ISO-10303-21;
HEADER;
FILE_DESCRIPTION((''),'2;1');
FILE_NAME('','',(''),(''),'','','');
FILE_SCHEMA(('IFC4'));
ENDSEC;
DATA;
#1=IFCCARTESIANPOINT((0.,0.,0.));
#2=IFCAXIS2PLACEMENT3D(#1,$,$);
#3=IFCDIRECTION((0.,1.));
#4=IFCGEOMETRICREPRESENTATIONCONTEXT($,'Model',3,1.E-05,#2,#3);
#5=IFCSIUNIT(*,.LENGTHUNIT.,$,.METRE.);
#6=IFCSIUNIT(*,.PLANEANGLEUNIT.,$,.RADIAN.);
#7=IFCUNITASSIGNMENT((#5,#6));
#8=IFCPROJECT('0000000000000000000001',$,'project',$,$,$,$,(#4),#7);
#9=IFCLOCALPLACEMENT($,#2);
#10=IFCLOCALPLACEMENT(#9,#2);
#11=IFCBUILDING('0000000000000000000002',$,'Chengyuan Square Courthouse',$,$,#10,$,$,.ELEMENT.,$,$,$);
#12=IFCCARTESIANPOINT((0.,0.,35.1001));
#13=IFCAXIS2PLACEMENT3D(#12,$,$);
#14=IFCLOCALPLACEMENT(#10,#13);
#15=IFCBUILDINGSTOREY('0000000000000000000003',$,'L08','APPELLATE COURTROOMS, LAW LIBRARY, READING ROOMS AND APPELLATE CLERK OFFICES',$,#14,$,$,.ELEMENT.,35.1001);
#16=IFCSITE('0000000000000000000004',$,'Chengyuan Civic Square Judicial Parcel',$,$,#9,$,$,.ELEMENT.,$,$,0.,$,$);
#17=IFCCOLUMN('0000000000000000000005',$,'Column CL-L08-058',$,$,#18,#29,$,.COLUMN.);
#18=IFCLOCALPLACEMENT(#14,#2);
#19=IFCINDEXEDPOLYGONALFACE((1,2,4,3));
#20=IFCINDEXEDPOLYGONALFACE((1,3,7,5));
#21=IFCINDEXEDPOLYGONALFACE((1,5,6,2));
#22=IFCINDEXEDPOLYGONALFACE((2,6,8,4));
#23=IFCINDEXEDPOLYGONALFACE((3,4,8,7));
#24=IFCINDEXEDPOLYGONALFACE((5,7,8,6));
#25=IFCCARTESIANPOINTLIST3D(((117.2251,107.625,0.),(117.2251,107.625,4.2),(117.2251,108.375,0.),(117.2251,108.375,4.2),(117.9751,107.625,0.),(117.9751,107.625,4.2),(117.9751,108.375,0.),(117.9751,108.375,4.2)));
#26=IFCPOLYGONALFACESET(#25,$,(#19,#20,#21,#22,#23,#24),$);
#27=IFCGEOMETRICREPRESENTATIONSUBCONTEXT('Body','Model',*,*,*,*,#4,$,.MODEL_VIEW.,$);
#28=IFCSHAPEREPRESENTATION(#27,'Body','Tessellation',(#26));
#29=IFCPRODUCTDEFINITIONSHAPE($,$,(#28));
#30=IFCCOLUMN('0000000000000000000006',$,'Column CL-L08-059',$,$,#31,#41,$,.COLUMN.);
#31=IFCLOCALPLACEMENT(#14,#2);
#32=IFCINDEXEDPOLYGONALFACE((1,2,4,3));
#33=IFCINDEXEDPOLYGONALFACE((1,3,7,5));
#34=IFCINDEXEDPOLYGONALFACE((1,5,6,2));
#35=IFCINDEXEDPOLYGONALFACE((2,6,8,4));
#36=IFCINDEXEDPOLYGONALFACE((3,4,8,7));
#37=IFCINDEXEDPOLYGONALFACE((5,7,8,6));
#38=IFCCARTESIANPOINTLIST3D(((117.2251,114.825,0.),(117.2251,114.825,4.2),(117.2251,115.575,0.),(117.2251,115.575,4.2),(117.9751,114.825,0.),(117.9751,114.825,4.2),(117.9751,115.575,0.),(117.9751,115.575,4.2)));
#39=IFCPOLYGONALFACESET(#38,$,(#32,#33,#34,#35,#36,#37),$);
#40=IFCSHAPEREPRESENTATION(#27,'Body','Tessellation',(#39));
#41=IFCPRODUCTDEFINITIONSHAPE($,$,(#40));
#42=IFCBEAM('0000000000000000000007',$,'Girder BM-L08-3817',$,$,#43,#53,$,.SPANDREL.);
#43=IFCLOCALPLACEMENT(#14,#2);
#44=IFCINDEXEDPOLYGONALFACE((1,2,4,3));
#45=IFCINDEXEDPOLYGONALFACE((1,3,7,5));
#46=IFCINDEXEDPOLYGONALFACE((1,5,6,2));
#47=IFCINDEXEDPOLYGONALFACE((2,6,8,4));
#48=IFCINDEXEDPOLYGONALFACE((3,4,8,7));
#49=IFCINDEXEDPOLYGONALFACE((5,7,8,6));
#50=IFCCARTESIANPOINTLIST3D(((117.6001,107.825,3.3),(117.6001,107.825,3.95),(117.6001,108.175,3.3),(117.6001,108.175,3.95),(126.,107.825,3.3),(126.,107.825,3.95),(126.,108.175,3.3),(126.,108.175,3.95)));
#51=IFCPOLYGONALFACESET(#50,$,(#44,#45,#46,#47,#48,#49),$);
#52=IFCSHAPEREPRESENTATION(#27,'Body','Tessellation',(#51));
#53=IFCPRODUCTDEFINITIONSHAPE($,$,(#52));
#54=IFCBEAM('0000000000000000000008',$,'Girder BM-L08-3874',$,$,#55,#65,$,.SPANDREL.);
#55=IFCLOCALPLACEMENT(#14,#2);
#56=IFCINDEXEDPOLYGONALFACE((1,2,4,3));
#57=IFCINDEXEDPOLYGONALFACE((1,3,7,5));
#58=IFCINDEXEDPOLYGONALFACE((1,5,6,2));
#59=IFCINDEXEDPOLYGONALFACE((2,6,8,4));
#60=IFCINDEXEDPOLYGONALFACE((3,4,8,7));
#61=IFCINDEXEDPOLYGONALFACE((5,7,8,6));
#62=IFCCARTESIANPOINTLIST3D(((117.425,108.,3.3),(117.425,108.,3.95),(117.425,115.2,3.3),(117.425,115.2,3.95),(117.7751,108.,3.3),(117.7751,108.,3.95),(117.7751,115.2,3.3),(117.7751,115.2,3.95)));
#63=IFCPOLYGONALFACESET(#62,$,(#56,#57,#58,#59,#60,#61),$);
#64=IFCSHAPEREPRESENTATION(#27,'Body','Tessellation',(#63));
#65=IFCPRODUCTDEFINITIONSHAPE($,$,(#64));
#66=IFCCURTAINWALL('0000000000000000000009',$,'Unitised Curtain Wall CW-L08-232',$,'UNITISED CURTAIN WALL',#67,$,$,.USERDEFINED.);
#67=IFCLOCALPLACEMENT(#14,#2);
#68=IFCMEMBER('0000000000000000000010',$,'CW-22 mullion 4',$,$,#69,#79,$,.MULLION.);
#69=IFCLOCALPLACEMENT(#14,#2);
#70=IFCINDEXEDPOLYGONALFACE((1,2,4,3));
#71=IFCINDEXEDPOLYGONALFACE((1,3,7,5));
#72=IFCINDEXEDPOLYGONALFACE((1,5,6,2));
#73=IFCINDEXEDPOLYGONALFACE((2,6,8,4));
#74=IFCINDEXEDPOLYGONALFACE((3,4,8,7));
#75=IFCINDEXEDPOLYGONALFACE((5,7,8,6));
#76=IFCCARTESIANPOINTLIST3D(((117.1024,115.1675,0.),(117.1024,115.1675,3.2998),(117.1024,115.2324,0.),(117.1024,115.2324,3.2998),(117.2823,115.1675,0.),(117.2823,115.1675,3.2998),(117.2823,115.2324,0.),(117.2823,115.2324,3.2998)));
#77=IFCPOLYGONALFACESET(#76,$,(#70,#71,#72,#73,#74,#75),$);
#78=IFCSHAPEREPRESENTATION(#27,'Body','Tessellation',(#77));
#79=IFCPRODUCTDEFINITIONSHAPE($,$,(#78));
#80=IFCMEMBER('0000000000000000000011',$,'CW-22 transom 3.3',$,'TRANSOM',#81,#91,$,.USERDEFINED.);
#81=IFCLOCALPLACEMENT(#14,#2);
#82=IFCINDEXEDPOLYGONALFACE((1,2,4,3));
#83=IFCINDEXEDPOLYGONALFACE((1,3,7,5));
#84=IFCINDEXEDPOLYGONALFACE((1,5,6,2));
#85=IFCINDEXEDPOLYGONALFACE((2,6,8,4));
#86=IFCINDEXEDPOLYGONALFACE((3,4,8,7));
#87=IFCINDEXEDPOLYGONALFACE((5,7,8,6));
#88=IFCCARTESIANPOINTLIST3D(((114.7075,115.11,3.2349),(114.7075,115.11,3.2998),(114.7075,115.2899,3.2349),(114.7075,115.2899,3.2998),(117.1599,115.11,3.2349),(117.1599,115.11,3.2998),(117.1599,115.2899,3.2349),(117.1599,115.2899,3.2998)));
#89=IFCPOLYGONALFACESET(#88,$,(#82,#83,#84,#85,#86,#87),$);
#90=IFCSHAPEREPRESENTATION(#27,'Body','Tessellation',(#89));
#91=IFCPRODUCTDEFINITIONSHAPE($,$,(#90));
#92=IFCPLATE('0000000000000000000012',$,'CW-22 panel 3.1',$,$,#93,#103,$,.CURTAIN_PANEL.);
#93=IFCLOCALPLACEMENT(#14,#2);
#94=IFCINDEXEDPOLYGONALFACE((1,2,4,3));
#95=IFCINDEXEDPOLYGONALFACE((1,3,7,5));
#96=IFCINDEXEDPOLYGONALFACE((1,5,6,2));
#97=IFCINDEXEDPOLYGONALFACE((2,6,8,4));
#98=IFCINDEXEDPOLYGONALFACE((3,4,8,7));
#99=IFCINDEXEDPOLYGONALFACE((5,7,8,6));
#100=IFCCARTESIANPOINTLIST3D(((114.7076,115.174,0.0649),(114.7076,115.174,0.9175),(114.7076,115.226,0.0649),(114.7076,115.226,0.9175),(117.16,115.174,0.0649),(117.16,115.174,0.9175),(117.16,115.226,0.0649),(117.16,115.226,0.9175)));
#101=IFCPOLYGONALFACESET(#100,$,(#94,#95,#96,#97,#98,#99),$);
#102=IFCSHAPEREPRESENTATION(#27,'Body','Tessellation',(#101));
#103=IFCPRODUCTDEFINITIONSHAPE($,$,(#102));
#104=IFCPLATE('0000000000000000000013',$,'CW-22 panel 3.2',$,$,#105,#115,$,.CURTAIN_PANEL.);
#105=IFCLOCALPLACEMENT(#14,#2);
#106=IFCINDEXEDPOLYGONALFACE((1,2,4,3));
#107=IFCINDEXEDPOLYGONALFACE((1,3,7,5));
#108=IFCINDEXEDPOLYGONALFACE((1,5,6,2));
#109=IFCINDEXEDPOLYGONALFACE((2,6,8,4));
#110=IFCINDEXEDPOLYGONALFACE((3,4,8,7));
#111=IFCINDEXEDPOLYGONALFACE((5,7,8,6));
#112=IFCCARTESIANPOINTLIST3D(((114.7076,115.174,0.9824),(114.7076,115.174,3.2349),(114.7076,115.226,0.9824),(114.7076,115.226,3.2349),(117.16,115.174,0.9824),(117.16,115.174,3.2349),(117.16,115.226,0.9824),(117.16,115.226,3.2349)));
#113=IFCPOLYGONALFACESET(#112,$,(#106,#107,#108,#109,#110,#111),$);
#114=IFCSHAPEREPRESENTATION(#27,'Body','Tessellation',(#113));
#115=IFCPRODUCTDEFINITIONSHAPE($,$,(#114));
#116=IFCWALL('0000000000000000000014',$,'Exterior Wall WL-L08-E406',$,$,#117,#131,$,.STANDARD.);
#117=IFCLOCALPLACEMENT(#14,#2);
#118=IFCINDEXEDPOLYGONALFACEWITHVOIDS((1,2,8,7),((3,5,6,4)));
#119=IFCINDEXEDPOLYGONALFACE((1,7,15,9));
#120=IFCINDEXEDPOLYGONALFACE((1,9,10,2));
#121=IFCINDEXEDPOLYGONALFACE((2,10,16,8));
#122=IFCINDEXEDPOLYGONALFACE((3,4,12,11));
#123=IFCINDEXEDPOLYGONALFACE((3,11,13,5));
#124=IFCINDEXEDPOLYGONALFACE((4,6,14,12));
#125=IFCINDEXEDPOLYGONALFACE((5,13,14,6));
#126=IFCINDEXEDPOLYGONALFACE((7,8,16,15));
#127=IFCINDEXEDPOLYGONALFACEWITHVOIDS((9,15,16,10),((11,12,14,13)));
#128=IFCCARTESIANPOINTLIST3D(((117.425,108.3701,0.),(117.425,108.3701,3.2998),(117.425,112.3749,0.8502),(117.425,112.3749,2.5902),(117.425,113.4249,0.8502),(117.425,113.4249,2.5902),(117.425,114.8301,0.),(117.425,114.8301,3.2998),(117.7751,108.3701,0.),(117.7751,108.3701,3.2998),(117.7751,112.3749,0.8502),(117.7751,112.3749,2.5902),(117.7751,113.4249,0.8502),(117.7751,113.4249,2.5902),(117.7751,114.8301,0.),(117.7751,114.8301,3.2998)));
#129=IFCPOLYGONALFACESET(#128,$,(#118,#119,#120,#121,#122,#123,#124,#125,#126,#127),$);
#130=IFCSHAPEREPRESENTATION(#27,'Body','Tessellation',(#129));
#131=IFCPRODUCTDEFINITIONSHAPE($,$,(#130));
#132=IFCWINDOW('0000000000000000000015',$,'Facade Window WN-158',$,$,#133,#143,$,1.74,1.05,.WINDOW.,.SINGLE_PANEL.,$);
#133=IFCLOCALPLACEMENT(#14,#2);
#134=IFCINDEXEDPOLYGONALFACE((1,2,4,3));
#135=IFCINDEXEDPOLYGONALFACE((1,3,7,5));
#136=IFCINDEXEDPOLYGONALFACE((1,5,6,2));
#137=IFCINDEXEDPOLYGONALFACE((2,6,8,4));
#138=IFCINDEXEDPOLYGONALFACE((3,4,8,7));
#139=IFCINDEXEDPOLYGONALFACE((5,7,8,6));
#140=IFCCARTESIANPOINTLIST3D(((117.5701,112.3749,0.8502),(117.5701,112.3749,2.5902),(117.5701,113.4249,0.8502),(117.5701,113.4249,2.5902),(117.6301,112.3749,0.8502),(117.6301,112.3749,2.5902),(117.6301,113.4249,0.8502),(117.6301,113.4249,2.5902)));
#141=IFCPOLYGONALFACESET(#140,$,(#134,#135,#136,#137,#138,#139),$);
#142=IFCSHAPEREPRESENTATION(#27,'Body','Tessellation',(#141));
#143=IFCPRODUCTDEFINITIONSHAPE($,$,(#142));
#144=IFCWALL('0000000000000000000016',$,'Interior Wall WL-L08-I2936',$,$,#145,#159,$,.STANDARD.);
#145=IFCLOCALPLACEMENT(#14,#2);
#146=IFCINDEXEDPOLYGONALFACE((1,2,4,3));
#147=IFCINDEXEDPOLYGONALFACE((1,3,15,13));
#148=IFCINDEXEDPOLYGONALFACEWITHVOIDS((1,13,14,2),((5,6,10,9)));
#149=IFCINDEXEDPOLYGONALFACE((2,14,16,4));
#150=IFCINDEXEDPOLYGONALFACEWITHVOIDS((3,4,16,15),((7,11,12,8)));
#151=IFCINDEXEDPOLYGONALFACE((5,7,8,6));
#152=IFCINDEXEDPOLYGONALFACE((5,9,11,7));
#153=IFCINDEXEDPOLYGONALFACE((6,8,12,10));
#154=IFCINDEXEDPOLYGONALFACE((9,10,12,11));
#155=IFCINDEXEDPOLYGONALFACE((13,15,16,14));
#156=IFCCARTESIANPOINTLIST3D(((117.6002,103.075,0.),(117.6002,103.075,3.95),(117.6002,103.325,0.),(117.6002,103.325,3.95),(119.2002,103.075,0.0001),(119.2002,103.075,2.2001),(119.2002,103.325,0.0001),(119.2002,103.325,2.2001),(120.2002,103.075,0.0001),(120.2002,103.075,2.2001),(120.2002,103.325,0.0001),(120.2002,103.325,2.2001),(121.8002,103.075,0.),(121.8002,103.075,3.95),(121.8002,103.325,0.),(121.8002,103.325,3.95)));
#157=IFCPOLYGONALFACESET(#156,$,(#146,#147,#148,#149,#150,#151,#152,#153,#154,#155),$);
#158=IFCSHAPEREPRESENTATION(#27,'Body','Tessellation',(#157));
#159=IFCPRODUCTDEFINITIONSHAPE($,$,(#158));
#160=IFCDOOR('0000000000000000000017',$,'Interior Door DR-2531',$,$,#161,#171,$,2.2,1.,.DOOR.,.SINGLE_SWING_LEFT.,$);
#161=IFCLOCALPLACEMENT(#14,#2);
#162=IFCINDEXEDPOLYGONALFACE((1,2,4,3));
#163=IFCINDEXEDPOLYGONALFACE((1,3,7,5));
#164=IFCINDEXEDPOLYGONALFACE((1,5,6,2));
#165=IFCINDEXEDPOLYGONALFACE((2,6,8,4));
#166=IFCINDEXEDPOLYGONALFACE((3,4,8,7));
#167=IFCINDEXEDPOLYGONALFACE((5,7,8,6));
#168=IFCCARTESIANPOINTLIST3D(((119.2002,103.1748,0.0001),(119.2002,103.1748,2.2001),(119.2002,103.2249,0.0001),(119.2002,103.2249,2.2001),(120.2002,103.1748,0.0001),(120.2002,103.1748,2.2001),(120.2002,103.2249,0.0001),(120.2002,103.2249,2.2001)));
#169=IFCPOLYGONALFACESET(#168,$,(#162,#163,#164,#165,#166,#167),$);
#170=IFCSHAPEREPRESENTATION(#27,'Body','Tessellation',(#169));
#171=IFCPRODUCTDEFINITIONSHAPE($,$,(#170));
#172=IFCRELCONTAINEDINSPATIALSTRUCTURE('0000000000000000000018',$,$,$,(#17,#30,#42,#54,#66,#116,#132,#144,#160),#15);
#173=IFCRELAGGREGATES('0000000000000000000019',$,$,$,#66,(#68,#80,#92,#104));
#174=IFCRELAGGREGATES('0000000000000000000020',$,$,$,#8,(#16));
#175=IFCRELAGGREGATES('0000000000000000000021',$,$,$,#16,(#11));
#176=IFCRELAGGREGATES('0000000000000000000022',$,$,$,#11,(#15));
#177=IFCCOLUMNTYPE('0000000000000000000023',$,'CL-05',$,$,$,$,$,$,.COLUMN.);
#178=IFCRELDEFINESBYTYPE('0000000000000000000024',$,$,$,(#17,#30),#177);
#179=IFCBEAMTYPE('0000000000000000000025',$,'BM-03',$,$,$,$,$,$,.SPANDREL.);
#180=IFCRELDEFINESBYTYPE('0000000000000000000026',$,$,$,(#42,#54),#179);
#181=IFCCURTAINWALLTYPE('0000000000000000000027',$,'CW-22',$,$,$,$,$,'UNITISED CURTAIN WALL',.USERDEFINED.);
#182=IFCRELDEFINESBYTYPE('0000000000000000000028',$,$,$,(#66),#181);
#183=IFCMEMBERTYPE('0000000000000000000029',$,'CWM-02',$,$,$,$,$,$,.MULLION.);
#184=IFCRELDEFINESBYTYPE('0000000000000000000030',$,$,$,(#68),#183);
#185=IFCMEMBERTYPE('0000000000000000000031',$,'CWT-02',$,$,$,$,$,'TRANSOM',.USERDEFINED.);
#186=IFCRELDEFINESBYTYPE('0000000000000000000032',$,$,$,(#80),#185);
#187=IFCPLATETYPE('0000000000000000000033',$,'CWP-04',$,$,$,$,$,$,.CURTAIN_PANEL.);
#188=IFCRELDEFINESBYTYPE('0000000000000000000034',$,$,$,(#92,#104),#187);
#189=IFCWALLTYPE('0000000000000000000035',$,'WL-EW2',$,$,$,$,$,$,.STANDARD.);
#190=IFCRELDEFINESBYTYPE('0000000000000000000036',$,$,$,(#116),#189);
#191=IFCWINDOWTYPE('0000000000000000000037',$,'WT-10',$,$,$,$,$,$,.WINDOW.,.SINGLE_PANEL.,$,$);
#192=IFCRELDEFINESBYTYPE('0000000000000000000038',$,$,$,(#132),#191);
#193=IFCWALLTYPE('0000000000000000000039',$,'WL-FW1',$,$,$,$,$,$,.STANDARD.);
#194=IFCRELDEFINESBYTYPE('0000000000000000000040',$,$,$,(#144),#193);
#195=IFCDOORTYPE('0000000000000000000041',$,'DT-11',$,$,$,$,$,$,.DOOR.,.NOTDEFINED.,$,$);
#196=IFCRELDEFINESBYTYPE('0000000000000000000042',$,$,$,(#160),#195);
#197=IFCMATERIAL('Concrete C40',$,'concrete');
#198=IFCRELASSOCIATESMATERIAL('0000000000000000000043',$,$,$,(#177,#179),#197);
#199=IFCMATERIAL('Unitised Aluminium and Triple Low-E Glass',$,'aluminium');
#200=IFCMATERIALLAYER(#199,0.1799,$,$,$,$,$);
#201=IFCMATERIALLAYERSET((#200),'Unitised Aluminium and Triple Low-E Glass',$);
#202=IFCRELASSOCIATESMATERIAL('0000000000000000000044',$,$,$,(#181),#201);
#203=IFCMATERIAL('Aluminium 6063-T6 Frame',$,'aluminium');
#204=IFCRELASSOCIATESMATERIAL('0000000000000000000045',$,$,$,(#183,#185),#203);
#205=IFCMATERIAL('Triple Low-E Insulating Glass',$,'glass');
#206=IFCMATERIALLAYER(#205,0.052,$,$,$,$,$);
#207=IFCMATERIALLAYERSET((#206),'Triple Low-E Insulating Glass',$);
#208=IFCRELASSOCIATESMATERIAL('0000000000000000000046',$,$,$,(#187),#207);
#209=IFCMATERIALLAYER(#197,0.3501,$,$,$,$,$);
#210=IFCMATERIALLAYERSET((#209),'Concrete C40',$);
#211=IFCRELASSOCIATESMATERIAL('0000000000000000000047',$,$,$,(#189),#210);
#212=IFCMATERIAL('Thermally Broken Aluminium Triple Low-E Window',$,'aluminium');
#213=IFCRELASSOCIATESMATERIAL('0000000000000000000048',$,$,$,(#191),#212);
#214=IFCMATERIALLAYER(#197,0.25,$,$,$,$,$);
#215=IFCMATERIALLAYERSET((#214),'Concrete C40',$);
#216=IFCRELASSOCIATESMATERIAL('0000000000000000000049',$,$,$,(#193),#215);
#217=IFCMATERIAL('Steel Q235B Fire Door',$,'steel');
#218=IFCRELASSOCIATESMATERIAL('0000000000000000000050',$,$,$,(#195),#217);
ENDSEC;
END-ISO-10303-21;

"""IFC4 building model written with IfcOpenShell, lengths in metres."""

from ifc_helpers import new_model, si_unit, direction, frame, frame_2d, origin, origin_2d, place, context, subcontext, project, spatial, rectangle, extrude, material, layer, layer_set, material_profile, profile_set, type_object, element, fill, aggregate, save


model = new_model("IFC4")

# Units and contexts
model_context = context("Model", 3, precision=1e-05, world=origin(), true_north=direction((0.0, 1.0)))
body_context = subcontext(model_context, "Body", "Model", "MODEL_VIEW")
ifc_project = project(units=[si_unit("LENGTHUNIT", "METRE"), si_unit("PLANEANGLEUNIT", "RADIAN")], contexts=[model_context])

# Site, building, storey
site_placement = place(None, origin())
site = spatial("IfcSite", under=ifc_project, at=site_placement, Name="Chengyuan Civic Square Judicial Parcel", CompositionType="ELEMENT", RefElevation=0.0)
building_placement = place(site_placement, origin())
building = spatial("IfcBuilding", under=site, at=building_placement, Name="Chengyuan Square Courthouse", CompositionType="ELEMENT")
storey_placement = place(building_placement, frame((0.0, 0.0, 35.1001)))
storey = spatial("IfcBuildingStorey", under=building, at=storey_placement, Name="L08", Description="APPELLATE COURTROOMS, LAW LIBRARY, READING ROOMS AND APPELLATE CLERK OFFICES", CompositionType="ELEMENT", Elevation=35.1001)

# Columns
ifc_material_1 = material(Name="Concrete C40", Category="concrete")
ifc_material_profile_1 = material_profile(ifc_material_1, rectangle(XDim=0.75, YDim=0.75, at=origin_2d()), Name="RC-COL-750x750")
ifc_profile_set_1 = profile_set([ifc_material_profile_1], Name="Concrete C40")
column_type = type_object("IfcColumnType", Name="CL-05", PredefinedType="COLUMN", material=ifc_profile_set_1)
for number, where, z_axis, x_axis, name in (
    (1, (117.6001, 108.0, 0.0), (0.0, 0.0, 1.0), (1.0, 0.0, 0.0), "Column CL-L08-058"),
    (2, (117.6001, 115.2, 0.0), (0.0, 0.0, 1.0), (1.0, 0.0, 0.0), "Column CL-L08-059"),
):
    element("IfcColumn", number, at=place(storey_placement, frame(where, z_axis=z_axis, x_axis=x_axis)), inside=storey, type_object=column_type, Name=name, PredefinedType="COLUMN", context=body_context, shape_type="SweptSolid", body=[
        extrude(rectangle(XDim=0.75, YDim=0.75, at=origin_2d()), origin(), (0.0, 0.0, 1.0), 4.2),
    ])

# Beams
ifc_material_profile_2 = material_profile(ifc_material_1, rectangle(XDim=0.3501, YDim=0.6499, at=origin_2d()), Name="RC-BM-350x650")
ifc_profile_set_2 = profile_set([ifc_material_profile_2], Name="Concrete C40")
beam_type = type_object("IfcBeamType", Name="BM-03", PredefinedType="SPANDREL", material=ifc_profile_set_2)
beam_1_placement = place(storey_placement, frame((117.6001, 108.0, 3.625), z_axis=(1.0, 0.0, 0.0), x_axis=(0.0, 1.0, 0.0)))
element("IfcBeam", 3, at=beam_1_placement, inside=storey, type_object=beam_type, Name="Girder BM-L08-3817", PredefinedType="SPANDREL", context=body_context, shape_type="SweptSolid", body=[
    extrude(rectangle(XDim=0.3501, YDim=0.6499, at=origin_2d()), origin(), (0.0, 0.0, 1.0), 8.3999),
])
beam_2_placement = place(storey_placement, frame((117.6001, 108.0, 3.625), z_axis=(0.0, 1.0, 0.0), x_axis=(-1.0, 0.0, 0.0)))
element("IfcBeam", 4, at=beam_2_placement, inside=storey, type_object=beam_type, Name="Girder BM-L08-3874", PredefinedType="SPANDREL", context=body_context, shape_type="SweptSolid", body=[
    extrude(rectangle(XDim=0.3501, YDim=0.6499, at=origin_2d()), origin(), (0.0, 0.0, 1.0), 7.2),
])

# Curtain wall, members, plates
ifc_material_2 = material(Name="Unitised Aluminium and Triple Low-E Glass", Category="aluminium")
ifc_layer_1 = layer(ifc_material_2, 0.1799)
ifc_layer_set_1 = layer_set([ifc_layer_1], Name="Unitised Aluminium and Triple Low-E Glass")
curtain_wall_type = type_object("IfcCurtainWallType", Name="CW-22", ElementType="UNITISED CURTAIN WALL", PredefinedType="USERDEFINED", material=ifc_layer_set_1)
curtain_wall_placement = place(storey_placement, origin())
curtain_wall = element("IfcCurtainWall", 5, at=curtain_wall_placement, inside=storey, type_object=curtain_wall_type, Name="Unitised Curtain Wall CW-L08-232", ObjectType="UNITISED CURTAIN WALL", PredefinedType="USERDEFINED")
ifc_material_3 = material(Name="Aluminium 6063-T6 Frame", Category="aluminium")
ifc_material_profile_3 = material_profile(ifc_material_3, rectangle(XDim=0.0649, YDim=0.1799, at=origin_2d()), Name="CW-MUL-65x180")
ifc_profile_set_3 = profile_set([ifc_material_profile_3], Name="Aluminium 6063-T6 Frame")
member_type_1 = type_object("IfcMemberType", Name="CWM-02", PredefinedType="MULLION", material=ifc_profile_set_3)
member_1_placement = place(storey_placement, frame((117.1924, 115.2, 0.0), z_axis=(0.0, 0.0, 1.0), x_axis=(0.0, 1.0, 0.0)))
member_1 = element("IfcMember", 6, at=member_1_placement, type_object=member_type_1, Name="CW-22 mullion 4", PredefinedType="MULLION", context=body_context, shape_type="SweptSolid", body=[
    extrude(rectangle(XDim=0.0649, YDim=0.1799, at=origin_2d()), origin(), (0.0, 0.0, 1.0), 3.2998),
])
ifc_material_profile_4 = material_profile(ifc_material_3, rectangle(XDim=0.1799, YDim=0.0649, at=origin_2d()), Name="CW-TRN-65x140")
ifc_profile_set_4 = profile_set([ifc_material_profile_4], Name="Aluminium 6063-T6 Frame")
member_type_2 = type_object("IfcMemberType", Name="CWT-02", ElementType="TRANSOM", PredefinedType="USERDEFINED", material=ifc_profile_set_4)
member_2_placement = place(storey_placement, frame((114.7075, 115.2, 3.2673), z_axis=(1.0, 0.0, 0.0), x_axis=(0.0, 1.0, 0.0)))
member_2 = element("IfcMember", 7, at=member_2_placement, type_object=member_type_2, Name="CW-22 transom 3.3", ObjectType="TRANSOM", PredefinedType="USERDEFINED", context=body_context, shape_type="SweptSolid", body=[
    extrude(rectangle(XDim=0.1799, YDim=0.0649, at=origin_2d()), origin(), (0.0, 0.0, 1.0), 2.4524),
])
ifc_material_4 = material(Name="Triple Low-E Insulating Glass", Category="glass")
ifc_layer_2 = layer(ifc_material_4, 0.052)
ifc_layer_set_2 = layer_set([ifc_layer_2], Name="Triple Low-E Insulating Glass")
plate_type = type_object("IfcPlateType", Name="CWP-04", PredefinedType="CURTAIN_PANEL", material=ifc_layer_set_2)
plate_1_placement = place(storey_placement, frame((115.9338, 115.2, 0.0649), z_axis=(0.0, 0.0, 1.0), x_axis=(1.0, 0.0, 0.0)))
plate_1 = element("IfcPlate", 8, at=plate_1_placement, type_object=plate_type, Name="CW-22 panel 3.1", PredefinedType="CURTAIN_PANEL", context=body_context, shape_type="SweptSolid", body=[
    extrude(rectangle(XDim=2.4524, YDim=0.052, at=origin_2d()), origin(), (0.0, 0.0, 1.0), 0.8525),
])
plate_2_placement = place(storey_placement, frame((115.9338, 115.2, 0.9824), z_axis=(0.0, 0.0, 1.0), x_axis=(1.0, 0.0, 0.0)))
plate_2 = element("IfcPlate", 9, at=plate_2_placement, type_object=plate_type, Name="CW-22 panel 3.2", PredefinedType="CURTAIN_PANEL", context=body_context, shape_type="SweptSolid", body=[
    extrude(rectangle(XDim=2.4524, YDim=0.052, at=origin_2d()), origin(), (0.0, 0.0, 1.0), 2.2524),
])
aggregate(curtain_wall, [member_1, member_2, plate_1, plate_2])

# Wall, opening, window
ifc_layer_3 = layer(ifc_material_1, 0.3501)
ifc_layer_set_3 = layer_set([ifc_layer_3], Name="Concrete C40")
wall_type_1 = type_object("IfcWallType", Name="WL-EW2", PredefinedType="STANDARD", material=ifc_layer_set_3)
wall_1_placement = place(storey_placement, frame((117.6001, 108.3701, 0.0), z_axis=(0.0, 0.0, 1.0), x_axis=(0.0, 1.0, 0.0)))
wall_1 = element("IfcWall", 10, at=wall_1_placement, inside=storey, type_object=wall_type_1, Name="Exterior Wall WL-L08-E406", PredefinedType="STANDARD", context=body_context, shape_type="SweptSolid", body=[
    extrude(rectangle(XDim=6.46, YDim=0.3501, at=frame_2d((3.23, 0.0))), origin(), (0.0, 0.0, 1.0), 3.2998),
])
opening_1_placement = place(wall_1_placement, frame((4.0049, 0.0, 0.8501)))
opening_1 = element("IfcOpeningElement", 11, at=opening_1_placement, cuts=wall_1, PredefinedType="OPENING", context=body_context, shape_type="SweptSolid", body=[
    extrude(rectangle(XDim=1.05, YDim=1.74, at=frame_2d((0.5249, 0.8701))), frame((0.0, 0.187, 0.0), z_axis=(0.0, -1.0, 0.0), x_axis=(1.0, 0.0, 0.0)), (0.0, 0.0, 1.0), 0.374),
])
ifc_material_5 = material(Name="Thermally Broken Aluminium Triple Low-E Window", Category="aluminium")
window_type = type_object("IfcWindowType", Name="WT-10", PartitioningType="SINGLE_PANEL", PredefinedType="WINDOW", material=ifc_material_5)
window_placement = place(opening_1_placement, origin())
window = element("IfcWindow", 12, at=window_placement, inside=storey, type_object=window_type, Name="Facade Window WN-158", OverallHeight=1.74, OverallWidth=1.05, PartitioningType="SINGLE_PANEL", PredefinedType="WINDOW", context=body_context, shape_type="SweptSolid", body=[
    extrude(rectangle(XDim=1.05, YDim=1.74, at=frame_2d((0.5249, 0.8701))), frame((0.0, 0.03, 0.0), z_axis=(0.0, -1.0, 0.0), x_axis=(1.0, 0.0, 0.0)), (0.0, 0.0, 1.0), 0.0601),
])
fill(opening_1, window)

# Wall, opening, door
ifc_layer_4 = layer(ifc_material_1, 0.25)
ifc_layer_set_4 = layer_set([ifc_layer_4], Name="Concrete C40")
wall_type_2 = type_object("IfcWallType", Name="WL-FW1", PredefinedType="STANDARD", material=ifc_layer_set_4)
wall_2_placement = place(storey_placement, frame((117.6001, 103.2, 0.0), z_axis=(0.0, 0.0, 1.0), x_axis=(1.0, 0.0, 0.0)))
wall_2 = element("IfcWall", 13, at=wall_2_placement, inside=storey, type_object=wall_type_2, Name="Interior Wall WL-L08-I2936", PredefinedType="STANDARD", context=body_context, shape_type="SweptSolid", body=[
    extrude(rectangle(XDim=4.2, YDim=0.25, at=frame_2d((2.1001, 0.0))), origin(), (0.0, 0.0, 1.0), 3.95),
])
opening_2_placement = place(wall_2_placement, frame((1.6001, 0.0, 0.0)))
opening_2 = element("IfcOpeningElement", 14, at=opening_2_placement, cuts=wall_2, PredefinedType="OPENING", context=body_context, shape_type="SweptSolid", body=[
    extrude(rectangle(XDim=1.0, YDim=2.2, at=frame_2d((0.5, 1.1001))), frame((0.0, 0.137, 0.0), z_axis=(0.0, -1.0, 0.0), x_axis=(1.0, 0.0, 0.0)), (0.0, 0.0, 1.0), 0.2739),
])
ifc_material_6 = material(Name="Steel Q235B Fire Door", Category="steel")
door_type = type_object("IfcDoorType", Name="DT-11", OperationType="NOTDEFINED", PredefinedType="DOOR", material=ifc_material_6)
door_placement = place(opening_2_placement, origin())
door = element("IfcDoor", 15, at=door_placement, inside=storey, type_object=door_type, Name="Interior Door DR-2531", OperationType="SINGLE_SWING_LEFT", OverallHeight=2.2, OverallWidth=1.0, PredefinedType="DOOR", context=body_context, shape_type="SweptSolid", body=[
    extrude(rectangle(XDim=1.0, YDim=2.2, at=frame_2d((0.5, 1.1001))), frame((0.0, 0.0249, 0.0), z_axis=(0.0, -1.0, 0.0), x_axis=(1.0, 0.0, 0.0)), (0.0, 0.0, 1.0), 0.05),
])
fill(opening_2, door)

save(model, "model.ifc")
